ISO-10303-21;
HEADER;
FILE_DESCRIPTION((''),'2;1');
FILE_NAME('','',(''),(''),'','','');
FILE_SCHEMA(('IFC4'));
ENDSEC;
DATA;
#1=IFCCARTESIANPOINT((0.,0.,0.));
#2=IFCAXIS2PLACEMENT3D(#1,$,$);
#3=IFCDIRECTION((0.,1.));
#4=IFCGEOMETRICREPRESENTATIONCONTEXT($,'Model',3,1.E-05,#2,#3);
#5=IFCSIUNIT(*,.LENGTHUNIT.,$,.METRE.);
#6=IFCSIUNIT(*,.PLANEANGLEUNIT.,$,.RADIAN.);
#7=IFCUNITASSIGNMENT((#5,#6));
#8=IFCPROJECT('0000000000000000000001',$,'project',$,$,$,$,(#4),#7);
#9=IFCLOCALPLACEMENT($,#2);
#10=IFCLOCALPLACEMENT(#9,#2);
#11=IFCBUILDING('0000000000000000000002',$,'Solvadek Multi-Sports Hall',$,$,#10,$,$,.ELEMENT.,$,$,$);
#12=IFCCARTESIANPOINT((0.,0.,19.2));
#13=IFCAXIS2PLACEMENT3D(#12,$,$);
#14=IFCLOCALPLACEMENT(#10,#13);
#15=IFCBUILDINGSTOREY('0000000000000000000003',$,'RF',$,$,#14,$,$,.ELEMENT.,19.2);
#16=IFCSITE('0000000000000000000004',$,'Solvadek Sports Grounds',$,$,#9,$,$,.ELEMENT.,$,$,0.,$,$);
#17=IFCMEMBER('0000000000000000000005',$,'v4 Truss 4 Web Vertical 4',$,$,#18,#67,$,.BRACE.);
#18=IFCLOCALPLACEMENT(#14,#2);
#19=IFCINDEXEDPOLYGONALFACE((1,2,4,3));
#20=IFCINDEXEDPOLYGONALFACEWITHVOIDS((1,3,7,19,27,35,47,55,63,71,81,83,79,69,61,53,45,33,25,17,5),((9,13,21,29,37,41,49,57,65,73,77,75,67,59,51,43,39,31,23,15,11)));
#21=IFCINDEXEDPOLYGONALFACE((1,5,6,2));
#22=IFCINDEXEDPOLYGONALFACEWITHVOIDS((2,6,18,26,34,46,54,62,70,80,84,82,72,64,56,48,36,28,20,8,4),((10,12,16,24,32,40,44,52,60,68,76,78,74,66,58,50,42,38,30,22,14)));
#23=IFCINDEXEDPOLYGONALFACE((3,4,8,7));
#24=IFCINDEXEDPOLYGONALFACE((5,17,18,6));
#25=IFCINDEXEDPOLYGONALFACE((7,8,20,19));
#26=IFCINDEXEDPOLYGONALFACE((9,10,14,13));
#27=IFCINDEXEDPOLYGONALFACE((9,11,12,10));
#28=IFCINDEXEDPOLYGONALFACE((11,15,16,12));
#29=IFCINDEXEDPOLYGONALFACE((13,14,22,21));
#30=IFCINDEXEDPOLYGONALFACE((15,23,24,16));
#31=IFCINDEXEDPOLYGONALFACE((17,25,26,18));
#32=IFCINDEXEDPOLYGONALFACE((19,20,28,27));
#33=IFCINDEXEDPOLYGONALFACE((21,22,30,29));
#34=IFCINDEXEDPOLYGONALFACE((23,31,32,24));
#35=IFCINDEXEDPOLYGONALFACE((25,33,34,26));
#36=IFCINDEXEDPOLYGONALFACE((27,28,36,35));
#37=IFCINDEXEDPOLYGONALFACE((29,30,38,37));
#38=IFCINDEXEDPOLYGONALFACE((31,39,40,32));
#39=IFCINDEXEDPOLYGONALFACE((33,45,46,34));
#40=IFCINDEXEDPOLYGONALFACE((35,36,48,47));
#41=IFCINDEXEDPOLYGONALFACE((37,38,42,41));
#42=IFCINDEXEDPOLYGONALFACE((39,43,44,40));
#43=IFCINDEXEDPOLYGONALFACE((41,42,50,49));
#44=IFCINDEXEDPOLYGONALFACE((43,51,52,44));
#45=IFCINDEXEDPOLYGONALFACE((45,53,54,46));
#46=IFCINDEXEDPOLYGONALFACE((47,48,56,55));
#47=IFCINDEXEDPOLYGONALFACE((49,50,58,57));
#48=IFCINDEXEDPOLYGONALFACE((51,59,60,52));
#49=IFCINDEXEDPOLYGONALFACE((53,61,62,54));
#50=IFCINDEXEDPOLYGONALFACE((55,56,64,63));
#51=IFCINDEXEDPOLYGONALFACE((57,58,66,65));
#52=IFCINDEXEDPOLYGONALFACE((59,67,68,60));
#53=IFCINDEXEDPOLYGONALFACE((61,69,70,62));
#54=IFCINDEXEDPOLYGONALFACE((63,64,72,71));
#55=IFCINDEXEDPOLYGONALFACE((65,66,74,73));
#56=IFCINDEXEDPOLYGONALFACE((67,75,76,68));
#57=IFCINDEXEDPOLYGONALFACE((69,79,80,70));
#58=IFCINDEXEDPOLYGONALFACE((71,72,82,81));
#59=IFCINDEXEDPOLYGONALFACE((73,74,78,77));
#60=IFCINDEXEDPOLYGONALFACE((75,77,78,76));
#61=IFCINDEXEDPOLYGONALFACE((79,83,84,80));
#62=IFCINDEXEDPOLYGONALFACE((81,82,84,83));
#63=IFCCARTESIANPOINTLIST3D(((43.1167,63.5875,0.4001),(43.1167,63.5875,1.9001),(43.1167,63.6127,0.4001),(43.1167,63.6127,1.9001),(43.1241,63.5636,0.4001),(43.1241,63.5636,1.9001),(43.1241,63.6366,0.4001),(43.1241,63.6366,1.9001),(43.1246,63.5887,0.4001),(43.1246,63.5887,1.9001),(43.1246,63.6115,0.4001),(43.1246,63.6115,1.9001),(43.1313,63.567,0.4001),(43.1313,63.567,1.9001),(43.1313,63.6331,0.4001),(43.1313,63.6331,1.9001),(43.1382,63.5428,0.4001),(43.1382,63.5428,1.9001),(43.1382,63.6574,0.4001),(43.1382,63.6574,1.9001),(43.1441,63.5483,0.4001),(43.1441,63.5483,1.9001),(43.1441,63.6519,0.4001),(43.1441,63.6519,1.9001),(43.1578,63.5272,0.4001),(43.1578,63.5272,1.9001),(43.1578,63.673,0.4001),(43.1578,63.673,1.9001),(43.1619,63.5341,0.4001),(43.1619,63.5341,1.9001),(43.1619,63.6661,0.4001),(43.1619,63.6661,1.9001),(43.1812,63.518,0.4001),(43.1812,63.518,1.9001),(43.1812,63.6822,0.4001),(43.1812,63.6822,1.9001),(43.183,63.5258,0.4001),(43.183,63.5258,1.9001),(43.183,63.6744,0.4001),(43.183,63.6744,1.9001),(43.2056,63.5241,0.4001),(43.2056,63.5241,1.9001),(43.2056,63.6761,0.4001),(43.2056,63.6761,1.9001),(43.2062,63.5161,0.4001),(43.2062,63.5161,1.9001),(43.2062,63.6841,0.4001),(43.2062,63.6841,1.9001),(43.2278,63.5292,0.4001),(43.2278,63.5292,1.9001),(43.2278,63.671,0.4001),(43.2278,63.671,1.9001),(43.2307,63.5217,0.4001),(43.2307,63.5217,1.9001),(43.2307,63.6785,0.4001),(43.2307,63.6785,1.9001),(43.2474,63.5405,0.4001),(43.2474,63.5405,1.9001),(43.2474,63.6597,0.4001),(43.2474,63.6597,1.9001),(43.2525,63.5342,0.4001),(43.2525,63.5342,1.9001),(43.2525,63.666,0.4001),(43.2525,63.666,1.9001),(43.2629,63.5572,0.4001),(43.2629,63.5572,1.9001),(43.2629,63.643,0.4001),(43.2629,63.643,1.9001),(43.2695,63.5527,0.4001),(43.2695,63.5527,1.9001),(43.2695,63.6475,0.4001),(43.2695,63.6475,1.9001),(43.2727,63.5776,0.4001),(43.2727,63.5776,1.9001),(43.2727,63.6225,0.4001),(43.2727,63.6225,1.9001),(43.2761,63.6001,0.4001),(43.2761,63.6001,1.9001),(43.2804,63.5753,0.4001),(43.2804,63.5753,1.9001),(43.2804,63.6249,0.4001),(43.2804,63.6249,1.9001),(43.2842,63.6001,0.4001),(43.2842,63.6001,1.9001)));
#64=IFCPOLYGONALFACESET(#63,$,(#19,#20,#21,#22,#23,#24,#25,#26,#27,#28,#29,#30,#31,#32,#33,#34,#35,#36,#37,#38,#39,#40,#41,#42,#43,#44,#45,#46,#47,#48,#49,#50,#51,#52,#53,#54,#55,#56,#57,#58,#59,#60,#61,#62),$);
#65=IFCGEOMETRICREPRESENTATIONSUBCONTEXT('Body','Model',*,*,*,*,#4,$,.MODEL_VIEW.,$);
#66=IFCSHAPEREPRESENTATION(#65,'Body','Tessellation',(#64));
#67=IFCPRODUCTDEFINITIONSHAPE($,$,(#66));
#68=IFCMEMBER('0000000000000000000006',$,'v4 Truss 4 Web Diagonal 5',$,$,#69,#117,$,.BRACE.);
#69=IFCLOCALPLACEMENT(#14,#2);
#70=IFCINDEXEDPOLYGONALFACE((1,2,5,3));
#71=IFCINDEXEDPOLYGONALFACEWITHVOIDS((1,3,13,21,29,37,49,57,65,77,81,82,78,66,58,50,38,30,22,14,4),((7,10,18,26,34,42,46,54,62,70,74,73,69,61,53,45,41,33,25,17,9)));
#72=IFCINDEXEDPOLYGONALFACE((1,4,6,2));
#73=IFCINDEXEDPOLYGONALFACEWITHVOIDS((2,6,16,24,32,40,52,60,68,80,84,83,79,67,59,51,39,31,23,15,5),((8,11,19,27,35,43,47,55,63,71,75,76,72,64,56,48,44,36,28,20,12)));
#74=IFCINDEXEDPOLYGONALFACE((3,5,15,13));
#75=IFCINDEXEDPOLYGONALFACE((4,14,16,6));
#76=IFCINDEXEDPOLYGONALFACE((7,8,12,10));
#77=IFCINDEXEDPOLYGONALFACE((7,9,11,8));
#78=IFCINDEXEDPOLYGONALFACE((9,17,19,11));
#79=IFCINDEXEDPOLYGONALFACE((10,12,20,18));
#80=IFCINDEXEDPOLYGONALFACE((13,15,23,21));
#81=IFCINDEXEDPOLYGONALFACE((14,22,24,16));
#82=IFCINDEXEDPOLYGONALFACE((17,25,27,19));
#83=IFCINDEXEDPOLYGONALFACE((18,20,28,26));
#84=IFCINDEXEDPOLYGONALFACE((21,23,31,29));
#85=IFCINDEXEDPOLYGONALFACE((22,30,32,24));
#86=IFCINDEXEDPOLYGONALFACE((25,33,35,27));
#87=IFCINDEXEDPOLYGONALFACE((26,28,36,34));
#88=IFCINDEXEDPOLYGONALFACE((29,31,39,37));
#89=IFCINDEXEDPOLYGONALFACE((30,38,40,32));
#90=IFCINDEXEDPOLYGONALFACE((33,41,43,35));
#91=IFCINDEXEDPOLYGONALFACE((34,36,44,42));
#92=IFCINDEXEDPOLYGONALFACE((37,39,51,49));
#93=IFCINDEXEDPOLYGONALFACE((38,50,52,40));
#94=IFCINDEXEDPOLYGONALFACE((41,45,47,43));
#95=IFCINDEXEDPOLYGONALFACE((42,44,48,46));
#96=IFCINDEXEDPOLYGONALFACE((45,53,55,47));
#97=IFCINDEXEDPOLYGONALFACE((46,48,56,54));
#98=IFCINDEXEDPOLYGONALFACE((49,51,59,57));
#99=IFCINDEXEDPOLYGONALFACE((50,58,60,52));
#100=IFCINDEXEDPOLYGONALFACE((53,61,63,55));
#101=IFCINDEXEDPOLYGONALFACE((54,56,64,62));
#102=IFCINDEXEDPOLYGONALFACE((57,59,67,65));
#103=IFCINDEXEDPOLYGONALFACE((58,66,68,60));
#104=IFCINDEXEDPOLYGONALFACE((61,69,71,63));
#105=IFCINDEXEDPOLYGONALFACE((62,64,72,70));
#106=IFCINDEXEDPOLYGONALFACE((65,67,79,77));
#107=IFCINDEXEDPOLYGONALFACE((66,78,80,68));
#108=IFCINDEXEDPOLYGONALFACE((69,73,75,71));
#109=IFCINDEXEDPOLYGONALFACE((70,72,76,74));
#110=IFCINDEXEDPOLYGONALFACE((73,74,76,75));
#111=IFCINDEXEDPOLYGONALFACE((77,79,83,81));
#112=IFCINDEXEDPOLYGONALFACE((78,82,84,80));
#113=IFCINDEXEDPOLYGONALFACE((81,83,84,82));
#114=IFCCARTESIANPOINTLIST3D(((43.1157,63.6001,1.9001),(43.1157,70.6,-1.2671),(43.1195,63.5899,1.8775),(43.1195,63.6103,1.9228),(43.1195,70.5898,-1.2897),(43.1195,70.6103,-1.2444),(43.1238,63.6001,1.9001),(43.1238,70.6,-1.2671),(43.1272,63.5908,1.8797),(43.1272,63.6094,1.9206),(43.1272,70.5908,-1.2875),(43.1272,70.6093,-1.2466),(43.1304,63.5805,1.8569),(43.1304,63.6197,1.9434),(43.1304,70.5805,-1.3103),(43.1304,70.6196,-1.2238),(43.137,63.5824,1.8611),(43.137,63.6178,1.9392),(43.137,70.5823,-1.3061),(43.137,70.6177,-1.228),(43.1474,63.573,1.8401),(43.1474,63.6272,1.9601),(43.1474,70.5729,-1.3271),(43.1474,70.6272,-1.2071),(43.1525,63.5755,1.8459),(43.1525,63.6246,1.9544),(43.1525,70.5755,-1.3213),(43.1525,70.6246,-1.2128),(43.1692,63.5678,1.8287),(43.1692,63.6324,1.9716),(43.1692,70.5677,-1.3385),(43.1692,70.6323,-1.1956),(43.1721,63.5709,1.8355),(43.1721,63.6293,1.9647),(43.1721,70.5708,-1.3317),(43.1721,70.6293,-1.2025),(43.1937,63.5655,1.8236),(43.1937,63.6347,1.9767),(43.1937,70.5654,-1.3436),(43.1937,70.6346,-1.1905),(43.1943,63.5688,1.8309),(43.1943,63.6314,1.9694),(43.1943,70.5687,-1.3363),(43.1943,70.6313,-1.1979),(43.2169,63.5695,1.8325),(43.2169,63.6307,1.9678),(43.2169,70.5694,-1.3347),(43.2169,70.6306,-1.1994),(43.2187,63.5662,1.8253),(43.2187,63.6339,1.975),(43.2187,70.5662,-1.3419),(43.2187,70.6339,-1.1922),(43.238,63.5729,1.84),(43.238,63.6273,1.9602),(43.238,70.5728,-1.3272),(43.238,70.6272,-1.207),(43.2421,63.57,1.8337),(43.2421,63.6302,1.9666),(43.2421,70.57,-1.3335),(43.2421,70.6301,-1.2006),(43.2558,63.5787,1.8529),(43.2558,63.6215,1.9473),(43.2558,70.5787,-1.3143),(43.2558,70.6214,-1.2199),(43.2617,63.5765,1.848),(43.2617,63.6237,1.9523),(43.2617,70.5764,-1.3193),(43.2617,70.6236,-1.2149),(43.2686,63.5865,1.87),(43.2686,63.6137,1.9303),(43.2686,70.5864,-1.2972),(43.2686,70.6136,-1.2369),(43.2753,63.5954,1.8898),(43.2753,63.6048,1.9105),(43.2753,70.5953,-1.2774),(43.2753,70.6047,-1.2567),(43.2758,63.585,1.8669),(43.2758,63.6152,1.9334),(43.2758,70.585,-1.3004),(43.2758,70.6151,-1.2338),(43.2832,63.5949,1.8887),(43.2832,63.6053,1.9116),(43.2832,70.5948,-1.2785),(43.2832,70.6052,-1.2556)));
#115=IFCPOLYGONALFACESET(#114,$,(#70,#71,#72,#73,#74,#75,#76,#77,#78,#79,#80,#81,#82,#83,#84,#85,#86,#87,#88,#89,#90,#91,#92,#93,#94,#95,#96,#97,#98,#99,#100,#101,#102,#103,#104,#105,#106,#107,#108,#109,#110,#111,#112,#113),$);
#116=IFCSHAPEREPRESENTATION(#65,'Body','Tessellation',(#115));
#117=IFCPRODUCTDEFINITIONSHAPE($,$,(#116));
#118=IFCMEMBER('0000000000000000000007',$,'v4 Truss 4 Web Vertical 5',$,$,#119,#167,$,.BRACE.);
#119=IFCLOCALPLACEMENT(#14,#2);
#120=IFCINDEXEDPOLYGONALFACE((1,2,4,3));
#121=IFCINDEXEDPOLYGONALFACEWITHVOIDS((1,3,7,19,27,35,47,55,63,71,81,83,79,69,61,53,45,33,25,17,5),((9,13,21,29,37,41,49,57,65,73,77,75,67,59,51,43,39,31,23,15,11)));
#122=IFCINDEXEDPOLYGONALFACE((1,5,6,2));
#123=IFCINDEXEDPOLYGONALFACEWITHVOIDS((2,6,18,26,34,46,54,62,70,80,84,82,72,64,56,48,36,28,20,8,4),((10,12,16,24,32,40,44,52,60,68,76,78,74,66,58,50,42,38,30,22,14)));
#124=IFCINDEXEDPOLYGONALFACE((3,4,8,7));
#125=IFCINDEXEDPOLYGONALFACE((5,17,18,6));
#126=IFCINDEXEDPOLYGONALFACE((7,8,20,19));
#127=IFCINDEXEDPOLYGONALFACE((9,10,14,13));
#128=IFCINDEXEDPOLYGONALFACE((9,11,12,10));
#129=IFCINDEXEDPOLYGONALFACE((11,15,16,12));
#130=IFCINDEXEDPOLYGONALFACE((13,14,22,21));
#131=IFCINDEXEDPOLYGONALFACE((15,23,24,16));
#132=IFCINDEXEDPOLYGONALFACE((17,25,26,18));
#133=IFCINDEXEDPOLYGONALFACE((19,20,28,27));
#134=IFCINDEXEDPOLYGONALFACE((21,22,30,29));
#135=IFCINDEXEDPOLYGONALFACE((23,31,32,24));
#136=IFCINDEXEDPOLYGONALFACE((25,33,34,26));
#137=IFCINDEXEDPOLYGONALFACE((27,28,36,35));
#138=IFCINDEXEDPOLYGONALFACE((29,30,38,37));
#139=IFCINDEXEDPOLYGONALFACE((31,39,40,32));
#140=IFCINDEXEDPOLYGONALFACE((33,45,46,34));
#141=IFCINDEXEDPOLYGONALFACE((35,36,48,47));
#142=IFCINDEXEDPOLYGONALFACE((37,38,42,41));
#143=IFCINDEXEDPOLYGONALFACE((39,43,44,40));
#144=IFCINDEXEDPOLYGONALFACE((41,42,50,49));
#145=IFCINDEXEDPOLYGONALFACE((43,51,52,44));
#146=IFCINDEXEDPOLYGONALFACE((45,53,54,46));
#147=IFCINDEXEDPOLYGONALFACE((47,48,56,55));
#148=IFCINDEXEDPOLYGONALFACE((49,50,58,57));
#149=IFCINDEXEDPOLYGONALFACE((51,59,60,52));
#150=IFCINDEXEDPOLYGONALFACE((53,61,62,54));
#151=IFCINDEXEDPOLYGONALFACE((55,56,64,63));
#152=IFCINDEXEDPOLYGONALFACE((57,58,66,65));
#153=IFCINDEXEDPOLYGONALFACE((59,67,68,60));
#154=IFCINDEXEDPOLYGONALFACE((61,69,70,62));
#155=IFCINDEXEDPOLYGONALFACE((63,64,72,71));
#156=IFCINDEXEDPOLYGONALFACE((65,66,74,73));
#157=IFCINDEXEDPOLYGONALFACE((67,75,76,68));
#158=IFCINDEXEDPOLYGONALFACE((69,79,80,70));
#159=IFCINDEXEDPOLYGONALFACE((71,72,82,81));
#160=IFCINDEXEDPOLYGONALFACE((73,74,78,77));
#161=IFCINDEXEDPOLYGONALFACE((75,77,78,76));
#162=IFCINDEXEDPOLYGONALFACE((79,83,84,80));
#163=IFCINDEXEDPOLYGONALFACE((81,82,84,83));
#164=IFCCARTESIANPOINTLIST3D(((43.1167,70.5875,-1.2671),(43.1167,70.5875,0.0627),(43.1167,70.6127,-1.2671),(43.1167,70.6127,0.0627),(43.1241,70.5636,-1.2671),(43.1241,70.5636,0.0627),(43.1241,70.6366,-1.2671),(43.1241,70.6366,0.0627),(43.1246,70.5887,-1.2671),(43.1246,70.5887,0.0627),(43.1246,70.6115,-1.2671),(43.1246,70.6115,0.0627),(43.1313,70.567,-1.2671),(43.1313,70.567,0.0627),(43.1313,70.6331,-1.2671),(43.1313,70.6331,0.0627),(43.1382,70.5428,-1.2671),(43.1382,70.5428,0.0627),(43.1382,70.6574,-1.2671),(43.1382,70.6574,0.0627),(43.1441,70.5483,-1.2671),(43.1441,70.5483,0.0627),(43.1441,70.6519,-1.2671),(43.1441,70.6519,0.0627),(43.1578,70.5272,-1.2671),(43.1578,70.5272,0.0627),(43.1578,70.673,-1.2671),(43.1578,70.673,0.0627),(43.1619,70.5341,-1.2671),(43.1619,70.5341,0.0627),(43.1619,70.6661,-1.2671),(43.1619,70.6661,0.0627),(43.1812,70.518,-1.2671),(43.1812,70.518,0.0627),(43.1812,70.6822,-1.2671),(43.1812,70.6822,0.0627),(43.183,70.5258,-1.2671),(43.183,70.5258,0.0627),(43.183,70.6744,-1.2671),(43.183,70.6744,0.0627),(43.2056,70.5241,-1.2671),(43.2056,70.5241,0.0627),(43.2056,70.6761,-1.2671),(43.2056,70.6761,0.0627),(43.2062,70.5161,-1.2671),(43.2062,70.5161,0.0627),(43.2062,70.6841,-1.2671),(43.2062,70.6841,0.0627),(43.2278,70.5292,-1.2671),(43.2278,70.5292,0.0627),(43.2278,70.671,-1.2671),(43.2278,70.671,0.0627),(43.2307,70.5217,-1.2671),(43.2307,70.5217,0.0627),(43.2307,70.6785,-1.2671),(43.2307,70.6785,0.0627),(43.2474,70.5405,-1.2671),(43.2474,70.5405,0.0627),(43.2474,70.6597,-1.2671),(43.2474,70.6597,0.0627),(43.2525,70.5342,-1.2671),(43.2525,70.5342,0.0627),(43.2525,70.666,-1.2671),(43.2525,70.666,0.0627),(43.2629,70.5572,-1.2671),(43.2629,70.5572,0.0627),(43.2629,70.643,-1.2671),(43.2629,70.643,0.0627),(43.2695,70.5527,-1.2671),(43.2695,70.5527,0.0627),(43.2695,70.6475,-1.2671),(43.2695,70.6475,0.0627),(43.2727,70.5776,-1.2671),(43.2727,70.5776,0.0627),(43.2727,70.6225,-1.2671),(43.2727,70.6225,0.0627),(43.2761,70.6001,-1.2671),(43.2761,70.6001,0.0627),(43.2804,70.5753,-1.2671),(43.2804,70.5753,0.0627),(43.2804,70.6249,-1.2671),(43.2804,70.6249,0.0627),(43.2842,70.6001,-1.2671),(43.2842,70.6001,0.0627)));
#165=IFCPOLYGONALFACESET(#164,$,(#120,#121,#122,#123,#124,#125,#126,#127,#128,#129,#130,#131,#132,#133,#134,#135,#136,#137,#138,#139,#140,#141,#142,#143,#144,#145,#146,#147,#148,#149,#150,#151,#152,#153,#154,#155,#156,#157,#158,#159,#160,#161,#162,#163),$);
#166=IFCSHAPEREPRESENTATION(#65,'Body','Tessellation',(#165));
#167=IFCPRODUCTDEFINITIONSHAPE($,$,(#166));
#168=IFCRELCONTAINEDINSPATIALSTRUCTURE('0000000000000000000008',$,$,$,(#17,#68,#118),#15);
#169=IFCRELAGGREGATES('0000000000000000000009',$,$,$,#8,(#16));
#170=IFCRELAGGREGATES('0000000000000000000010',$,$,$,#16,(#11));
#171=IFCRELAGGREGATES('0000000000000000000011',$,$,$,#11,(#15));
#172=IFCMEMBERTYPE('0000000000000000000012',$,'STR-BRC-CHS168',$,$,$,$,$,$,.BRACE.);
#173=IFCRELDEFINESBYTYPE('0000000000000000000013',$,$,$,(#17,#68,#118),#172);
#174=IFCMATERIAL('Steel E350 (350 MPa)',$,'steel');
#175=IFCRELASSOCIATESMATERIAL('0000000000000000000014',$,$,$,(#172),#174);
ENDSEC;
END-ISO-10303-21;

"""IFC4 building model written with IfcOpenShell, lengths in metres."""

from ifc_helpers import new_model, si_unit, direction, frame, origin, origin_2d, place, context, subcontext, project, spatial, hollow_circle, extrude, material, material_profile, profile_set, type_object, element, save


model = new_model("IFC4")

# Units and contexts
model_context = context("Model", 3, precision=1e-05, world=origin(), true_north=direction((0.0, 1.0)))
body_context = subcontext(model_context, "Body", "Model", "MODEL_VIEW")
ifc_project = project(units=[si_unit("LENGTHUNIT", "METRE"), si_unit("PLANEANGLEUNIT", "RADIAN")], contexts=[model_context])

# Site, building, storey
site_placement = place(None, origin())
site = spatial("IfcSite", under=ifc_project, at=site_placement, Name="Solvadek Sports Grounds", CompositionType="ELEMENT", RefElevation=0.0)
building_placement = place(site_placement, origin())
building = spatial("IfcBuilding", under=site, at=building_placement, Name="Solvadek Multi-Sports Hall", CompositionType="ELEMENT")
storey_placement = place(building_placement, frame((0.0, 0.0, 19.2)))
storey = spatial("IfcBuildingStorey", under=building, at=storey_placement, Name="RF", CompositionType="ELEMENT", Elevation=19.2)

# Members
ifc_material_1 = material(Name="Steel E350 (350 MPa)", Category="steel")
ifc_material_profile_1 = material_profile(ifc_material_1, hollow_circle(Radius=0.0842, WallThickness=0.0081, at=origin_2d()), Name="CHS 168.3x8")
ifc_profile_set_1 = profile_set([ifc_material_profile_1], Name="Steel E350 (350 MPa)")
member_type_1 = type_object("IfcMemberType", Name="STR-BRC-CHS168", PredefinedType="BRACE", material=ifc_profile_set_1)
member_1_placement = place(storey_placement, frame((43.2, 63.6001, 0.4001), z_axis=(0.0, 0.0, 1.0), x_axis=(1.0, 0.0, 0.0)))
element("IfcMember", 1, at=member_1_placement, inside=storey, type_object=member_type_1, Name="v4 Truss 4 Web Vertical 4", PredefinedType="BRACE", context=body_context, shape_type="SweptSolid", body=[
    extrude(hollow_circle(Radius=0.0842, WallThickness=0.0081, at=origin_2d()), origin(), (0.0, 0.0, 1.0), 1.5),
])
member_2_placement = place(storey_placement, frame((43.2, 63.6001, 1.9001), z_axis=(0.0, 0.91108, -0.412229), x_axis=(-1.0, 0.0, 0.0)))
element("IfcMember", 2, at=member_2_placement, inside=storey, type_object=member_type_1, Name="v4 Truss 4 Web Diagonal 5", PredefinedType="BRACE", context=body_context, shape_type="SweptSolid", body=[
    extrude(hollow_circle(Radius=0.0842, WallThickness=0.0081, at=origin_2d()), origin(), (0.0, 0.0, 1.0), 7.6831),
])
member_3_placement = place(storey_placement, frame((43.2, 70.6001, -1.2671), z_axis=(0.0, 0.0, 1.0), x_axis=(1.0, 0.0, 0.0)))
element("IfcMember", 3, at=member_3_placement, inside=storey, type_object=member_type_1, Name="v4 Truss 4 Web Vertical 5", PredefinedType="BRACE", context=body_context, shape_type="SweptSolid", body=[
    extrude(hollow_circle(Radius=0.0842, WallThickness=0.0081, at=origin_2d()), origin(), (0.0, 0.0, 1.0), 1.3298),
])

save(model, "model.ifc")
